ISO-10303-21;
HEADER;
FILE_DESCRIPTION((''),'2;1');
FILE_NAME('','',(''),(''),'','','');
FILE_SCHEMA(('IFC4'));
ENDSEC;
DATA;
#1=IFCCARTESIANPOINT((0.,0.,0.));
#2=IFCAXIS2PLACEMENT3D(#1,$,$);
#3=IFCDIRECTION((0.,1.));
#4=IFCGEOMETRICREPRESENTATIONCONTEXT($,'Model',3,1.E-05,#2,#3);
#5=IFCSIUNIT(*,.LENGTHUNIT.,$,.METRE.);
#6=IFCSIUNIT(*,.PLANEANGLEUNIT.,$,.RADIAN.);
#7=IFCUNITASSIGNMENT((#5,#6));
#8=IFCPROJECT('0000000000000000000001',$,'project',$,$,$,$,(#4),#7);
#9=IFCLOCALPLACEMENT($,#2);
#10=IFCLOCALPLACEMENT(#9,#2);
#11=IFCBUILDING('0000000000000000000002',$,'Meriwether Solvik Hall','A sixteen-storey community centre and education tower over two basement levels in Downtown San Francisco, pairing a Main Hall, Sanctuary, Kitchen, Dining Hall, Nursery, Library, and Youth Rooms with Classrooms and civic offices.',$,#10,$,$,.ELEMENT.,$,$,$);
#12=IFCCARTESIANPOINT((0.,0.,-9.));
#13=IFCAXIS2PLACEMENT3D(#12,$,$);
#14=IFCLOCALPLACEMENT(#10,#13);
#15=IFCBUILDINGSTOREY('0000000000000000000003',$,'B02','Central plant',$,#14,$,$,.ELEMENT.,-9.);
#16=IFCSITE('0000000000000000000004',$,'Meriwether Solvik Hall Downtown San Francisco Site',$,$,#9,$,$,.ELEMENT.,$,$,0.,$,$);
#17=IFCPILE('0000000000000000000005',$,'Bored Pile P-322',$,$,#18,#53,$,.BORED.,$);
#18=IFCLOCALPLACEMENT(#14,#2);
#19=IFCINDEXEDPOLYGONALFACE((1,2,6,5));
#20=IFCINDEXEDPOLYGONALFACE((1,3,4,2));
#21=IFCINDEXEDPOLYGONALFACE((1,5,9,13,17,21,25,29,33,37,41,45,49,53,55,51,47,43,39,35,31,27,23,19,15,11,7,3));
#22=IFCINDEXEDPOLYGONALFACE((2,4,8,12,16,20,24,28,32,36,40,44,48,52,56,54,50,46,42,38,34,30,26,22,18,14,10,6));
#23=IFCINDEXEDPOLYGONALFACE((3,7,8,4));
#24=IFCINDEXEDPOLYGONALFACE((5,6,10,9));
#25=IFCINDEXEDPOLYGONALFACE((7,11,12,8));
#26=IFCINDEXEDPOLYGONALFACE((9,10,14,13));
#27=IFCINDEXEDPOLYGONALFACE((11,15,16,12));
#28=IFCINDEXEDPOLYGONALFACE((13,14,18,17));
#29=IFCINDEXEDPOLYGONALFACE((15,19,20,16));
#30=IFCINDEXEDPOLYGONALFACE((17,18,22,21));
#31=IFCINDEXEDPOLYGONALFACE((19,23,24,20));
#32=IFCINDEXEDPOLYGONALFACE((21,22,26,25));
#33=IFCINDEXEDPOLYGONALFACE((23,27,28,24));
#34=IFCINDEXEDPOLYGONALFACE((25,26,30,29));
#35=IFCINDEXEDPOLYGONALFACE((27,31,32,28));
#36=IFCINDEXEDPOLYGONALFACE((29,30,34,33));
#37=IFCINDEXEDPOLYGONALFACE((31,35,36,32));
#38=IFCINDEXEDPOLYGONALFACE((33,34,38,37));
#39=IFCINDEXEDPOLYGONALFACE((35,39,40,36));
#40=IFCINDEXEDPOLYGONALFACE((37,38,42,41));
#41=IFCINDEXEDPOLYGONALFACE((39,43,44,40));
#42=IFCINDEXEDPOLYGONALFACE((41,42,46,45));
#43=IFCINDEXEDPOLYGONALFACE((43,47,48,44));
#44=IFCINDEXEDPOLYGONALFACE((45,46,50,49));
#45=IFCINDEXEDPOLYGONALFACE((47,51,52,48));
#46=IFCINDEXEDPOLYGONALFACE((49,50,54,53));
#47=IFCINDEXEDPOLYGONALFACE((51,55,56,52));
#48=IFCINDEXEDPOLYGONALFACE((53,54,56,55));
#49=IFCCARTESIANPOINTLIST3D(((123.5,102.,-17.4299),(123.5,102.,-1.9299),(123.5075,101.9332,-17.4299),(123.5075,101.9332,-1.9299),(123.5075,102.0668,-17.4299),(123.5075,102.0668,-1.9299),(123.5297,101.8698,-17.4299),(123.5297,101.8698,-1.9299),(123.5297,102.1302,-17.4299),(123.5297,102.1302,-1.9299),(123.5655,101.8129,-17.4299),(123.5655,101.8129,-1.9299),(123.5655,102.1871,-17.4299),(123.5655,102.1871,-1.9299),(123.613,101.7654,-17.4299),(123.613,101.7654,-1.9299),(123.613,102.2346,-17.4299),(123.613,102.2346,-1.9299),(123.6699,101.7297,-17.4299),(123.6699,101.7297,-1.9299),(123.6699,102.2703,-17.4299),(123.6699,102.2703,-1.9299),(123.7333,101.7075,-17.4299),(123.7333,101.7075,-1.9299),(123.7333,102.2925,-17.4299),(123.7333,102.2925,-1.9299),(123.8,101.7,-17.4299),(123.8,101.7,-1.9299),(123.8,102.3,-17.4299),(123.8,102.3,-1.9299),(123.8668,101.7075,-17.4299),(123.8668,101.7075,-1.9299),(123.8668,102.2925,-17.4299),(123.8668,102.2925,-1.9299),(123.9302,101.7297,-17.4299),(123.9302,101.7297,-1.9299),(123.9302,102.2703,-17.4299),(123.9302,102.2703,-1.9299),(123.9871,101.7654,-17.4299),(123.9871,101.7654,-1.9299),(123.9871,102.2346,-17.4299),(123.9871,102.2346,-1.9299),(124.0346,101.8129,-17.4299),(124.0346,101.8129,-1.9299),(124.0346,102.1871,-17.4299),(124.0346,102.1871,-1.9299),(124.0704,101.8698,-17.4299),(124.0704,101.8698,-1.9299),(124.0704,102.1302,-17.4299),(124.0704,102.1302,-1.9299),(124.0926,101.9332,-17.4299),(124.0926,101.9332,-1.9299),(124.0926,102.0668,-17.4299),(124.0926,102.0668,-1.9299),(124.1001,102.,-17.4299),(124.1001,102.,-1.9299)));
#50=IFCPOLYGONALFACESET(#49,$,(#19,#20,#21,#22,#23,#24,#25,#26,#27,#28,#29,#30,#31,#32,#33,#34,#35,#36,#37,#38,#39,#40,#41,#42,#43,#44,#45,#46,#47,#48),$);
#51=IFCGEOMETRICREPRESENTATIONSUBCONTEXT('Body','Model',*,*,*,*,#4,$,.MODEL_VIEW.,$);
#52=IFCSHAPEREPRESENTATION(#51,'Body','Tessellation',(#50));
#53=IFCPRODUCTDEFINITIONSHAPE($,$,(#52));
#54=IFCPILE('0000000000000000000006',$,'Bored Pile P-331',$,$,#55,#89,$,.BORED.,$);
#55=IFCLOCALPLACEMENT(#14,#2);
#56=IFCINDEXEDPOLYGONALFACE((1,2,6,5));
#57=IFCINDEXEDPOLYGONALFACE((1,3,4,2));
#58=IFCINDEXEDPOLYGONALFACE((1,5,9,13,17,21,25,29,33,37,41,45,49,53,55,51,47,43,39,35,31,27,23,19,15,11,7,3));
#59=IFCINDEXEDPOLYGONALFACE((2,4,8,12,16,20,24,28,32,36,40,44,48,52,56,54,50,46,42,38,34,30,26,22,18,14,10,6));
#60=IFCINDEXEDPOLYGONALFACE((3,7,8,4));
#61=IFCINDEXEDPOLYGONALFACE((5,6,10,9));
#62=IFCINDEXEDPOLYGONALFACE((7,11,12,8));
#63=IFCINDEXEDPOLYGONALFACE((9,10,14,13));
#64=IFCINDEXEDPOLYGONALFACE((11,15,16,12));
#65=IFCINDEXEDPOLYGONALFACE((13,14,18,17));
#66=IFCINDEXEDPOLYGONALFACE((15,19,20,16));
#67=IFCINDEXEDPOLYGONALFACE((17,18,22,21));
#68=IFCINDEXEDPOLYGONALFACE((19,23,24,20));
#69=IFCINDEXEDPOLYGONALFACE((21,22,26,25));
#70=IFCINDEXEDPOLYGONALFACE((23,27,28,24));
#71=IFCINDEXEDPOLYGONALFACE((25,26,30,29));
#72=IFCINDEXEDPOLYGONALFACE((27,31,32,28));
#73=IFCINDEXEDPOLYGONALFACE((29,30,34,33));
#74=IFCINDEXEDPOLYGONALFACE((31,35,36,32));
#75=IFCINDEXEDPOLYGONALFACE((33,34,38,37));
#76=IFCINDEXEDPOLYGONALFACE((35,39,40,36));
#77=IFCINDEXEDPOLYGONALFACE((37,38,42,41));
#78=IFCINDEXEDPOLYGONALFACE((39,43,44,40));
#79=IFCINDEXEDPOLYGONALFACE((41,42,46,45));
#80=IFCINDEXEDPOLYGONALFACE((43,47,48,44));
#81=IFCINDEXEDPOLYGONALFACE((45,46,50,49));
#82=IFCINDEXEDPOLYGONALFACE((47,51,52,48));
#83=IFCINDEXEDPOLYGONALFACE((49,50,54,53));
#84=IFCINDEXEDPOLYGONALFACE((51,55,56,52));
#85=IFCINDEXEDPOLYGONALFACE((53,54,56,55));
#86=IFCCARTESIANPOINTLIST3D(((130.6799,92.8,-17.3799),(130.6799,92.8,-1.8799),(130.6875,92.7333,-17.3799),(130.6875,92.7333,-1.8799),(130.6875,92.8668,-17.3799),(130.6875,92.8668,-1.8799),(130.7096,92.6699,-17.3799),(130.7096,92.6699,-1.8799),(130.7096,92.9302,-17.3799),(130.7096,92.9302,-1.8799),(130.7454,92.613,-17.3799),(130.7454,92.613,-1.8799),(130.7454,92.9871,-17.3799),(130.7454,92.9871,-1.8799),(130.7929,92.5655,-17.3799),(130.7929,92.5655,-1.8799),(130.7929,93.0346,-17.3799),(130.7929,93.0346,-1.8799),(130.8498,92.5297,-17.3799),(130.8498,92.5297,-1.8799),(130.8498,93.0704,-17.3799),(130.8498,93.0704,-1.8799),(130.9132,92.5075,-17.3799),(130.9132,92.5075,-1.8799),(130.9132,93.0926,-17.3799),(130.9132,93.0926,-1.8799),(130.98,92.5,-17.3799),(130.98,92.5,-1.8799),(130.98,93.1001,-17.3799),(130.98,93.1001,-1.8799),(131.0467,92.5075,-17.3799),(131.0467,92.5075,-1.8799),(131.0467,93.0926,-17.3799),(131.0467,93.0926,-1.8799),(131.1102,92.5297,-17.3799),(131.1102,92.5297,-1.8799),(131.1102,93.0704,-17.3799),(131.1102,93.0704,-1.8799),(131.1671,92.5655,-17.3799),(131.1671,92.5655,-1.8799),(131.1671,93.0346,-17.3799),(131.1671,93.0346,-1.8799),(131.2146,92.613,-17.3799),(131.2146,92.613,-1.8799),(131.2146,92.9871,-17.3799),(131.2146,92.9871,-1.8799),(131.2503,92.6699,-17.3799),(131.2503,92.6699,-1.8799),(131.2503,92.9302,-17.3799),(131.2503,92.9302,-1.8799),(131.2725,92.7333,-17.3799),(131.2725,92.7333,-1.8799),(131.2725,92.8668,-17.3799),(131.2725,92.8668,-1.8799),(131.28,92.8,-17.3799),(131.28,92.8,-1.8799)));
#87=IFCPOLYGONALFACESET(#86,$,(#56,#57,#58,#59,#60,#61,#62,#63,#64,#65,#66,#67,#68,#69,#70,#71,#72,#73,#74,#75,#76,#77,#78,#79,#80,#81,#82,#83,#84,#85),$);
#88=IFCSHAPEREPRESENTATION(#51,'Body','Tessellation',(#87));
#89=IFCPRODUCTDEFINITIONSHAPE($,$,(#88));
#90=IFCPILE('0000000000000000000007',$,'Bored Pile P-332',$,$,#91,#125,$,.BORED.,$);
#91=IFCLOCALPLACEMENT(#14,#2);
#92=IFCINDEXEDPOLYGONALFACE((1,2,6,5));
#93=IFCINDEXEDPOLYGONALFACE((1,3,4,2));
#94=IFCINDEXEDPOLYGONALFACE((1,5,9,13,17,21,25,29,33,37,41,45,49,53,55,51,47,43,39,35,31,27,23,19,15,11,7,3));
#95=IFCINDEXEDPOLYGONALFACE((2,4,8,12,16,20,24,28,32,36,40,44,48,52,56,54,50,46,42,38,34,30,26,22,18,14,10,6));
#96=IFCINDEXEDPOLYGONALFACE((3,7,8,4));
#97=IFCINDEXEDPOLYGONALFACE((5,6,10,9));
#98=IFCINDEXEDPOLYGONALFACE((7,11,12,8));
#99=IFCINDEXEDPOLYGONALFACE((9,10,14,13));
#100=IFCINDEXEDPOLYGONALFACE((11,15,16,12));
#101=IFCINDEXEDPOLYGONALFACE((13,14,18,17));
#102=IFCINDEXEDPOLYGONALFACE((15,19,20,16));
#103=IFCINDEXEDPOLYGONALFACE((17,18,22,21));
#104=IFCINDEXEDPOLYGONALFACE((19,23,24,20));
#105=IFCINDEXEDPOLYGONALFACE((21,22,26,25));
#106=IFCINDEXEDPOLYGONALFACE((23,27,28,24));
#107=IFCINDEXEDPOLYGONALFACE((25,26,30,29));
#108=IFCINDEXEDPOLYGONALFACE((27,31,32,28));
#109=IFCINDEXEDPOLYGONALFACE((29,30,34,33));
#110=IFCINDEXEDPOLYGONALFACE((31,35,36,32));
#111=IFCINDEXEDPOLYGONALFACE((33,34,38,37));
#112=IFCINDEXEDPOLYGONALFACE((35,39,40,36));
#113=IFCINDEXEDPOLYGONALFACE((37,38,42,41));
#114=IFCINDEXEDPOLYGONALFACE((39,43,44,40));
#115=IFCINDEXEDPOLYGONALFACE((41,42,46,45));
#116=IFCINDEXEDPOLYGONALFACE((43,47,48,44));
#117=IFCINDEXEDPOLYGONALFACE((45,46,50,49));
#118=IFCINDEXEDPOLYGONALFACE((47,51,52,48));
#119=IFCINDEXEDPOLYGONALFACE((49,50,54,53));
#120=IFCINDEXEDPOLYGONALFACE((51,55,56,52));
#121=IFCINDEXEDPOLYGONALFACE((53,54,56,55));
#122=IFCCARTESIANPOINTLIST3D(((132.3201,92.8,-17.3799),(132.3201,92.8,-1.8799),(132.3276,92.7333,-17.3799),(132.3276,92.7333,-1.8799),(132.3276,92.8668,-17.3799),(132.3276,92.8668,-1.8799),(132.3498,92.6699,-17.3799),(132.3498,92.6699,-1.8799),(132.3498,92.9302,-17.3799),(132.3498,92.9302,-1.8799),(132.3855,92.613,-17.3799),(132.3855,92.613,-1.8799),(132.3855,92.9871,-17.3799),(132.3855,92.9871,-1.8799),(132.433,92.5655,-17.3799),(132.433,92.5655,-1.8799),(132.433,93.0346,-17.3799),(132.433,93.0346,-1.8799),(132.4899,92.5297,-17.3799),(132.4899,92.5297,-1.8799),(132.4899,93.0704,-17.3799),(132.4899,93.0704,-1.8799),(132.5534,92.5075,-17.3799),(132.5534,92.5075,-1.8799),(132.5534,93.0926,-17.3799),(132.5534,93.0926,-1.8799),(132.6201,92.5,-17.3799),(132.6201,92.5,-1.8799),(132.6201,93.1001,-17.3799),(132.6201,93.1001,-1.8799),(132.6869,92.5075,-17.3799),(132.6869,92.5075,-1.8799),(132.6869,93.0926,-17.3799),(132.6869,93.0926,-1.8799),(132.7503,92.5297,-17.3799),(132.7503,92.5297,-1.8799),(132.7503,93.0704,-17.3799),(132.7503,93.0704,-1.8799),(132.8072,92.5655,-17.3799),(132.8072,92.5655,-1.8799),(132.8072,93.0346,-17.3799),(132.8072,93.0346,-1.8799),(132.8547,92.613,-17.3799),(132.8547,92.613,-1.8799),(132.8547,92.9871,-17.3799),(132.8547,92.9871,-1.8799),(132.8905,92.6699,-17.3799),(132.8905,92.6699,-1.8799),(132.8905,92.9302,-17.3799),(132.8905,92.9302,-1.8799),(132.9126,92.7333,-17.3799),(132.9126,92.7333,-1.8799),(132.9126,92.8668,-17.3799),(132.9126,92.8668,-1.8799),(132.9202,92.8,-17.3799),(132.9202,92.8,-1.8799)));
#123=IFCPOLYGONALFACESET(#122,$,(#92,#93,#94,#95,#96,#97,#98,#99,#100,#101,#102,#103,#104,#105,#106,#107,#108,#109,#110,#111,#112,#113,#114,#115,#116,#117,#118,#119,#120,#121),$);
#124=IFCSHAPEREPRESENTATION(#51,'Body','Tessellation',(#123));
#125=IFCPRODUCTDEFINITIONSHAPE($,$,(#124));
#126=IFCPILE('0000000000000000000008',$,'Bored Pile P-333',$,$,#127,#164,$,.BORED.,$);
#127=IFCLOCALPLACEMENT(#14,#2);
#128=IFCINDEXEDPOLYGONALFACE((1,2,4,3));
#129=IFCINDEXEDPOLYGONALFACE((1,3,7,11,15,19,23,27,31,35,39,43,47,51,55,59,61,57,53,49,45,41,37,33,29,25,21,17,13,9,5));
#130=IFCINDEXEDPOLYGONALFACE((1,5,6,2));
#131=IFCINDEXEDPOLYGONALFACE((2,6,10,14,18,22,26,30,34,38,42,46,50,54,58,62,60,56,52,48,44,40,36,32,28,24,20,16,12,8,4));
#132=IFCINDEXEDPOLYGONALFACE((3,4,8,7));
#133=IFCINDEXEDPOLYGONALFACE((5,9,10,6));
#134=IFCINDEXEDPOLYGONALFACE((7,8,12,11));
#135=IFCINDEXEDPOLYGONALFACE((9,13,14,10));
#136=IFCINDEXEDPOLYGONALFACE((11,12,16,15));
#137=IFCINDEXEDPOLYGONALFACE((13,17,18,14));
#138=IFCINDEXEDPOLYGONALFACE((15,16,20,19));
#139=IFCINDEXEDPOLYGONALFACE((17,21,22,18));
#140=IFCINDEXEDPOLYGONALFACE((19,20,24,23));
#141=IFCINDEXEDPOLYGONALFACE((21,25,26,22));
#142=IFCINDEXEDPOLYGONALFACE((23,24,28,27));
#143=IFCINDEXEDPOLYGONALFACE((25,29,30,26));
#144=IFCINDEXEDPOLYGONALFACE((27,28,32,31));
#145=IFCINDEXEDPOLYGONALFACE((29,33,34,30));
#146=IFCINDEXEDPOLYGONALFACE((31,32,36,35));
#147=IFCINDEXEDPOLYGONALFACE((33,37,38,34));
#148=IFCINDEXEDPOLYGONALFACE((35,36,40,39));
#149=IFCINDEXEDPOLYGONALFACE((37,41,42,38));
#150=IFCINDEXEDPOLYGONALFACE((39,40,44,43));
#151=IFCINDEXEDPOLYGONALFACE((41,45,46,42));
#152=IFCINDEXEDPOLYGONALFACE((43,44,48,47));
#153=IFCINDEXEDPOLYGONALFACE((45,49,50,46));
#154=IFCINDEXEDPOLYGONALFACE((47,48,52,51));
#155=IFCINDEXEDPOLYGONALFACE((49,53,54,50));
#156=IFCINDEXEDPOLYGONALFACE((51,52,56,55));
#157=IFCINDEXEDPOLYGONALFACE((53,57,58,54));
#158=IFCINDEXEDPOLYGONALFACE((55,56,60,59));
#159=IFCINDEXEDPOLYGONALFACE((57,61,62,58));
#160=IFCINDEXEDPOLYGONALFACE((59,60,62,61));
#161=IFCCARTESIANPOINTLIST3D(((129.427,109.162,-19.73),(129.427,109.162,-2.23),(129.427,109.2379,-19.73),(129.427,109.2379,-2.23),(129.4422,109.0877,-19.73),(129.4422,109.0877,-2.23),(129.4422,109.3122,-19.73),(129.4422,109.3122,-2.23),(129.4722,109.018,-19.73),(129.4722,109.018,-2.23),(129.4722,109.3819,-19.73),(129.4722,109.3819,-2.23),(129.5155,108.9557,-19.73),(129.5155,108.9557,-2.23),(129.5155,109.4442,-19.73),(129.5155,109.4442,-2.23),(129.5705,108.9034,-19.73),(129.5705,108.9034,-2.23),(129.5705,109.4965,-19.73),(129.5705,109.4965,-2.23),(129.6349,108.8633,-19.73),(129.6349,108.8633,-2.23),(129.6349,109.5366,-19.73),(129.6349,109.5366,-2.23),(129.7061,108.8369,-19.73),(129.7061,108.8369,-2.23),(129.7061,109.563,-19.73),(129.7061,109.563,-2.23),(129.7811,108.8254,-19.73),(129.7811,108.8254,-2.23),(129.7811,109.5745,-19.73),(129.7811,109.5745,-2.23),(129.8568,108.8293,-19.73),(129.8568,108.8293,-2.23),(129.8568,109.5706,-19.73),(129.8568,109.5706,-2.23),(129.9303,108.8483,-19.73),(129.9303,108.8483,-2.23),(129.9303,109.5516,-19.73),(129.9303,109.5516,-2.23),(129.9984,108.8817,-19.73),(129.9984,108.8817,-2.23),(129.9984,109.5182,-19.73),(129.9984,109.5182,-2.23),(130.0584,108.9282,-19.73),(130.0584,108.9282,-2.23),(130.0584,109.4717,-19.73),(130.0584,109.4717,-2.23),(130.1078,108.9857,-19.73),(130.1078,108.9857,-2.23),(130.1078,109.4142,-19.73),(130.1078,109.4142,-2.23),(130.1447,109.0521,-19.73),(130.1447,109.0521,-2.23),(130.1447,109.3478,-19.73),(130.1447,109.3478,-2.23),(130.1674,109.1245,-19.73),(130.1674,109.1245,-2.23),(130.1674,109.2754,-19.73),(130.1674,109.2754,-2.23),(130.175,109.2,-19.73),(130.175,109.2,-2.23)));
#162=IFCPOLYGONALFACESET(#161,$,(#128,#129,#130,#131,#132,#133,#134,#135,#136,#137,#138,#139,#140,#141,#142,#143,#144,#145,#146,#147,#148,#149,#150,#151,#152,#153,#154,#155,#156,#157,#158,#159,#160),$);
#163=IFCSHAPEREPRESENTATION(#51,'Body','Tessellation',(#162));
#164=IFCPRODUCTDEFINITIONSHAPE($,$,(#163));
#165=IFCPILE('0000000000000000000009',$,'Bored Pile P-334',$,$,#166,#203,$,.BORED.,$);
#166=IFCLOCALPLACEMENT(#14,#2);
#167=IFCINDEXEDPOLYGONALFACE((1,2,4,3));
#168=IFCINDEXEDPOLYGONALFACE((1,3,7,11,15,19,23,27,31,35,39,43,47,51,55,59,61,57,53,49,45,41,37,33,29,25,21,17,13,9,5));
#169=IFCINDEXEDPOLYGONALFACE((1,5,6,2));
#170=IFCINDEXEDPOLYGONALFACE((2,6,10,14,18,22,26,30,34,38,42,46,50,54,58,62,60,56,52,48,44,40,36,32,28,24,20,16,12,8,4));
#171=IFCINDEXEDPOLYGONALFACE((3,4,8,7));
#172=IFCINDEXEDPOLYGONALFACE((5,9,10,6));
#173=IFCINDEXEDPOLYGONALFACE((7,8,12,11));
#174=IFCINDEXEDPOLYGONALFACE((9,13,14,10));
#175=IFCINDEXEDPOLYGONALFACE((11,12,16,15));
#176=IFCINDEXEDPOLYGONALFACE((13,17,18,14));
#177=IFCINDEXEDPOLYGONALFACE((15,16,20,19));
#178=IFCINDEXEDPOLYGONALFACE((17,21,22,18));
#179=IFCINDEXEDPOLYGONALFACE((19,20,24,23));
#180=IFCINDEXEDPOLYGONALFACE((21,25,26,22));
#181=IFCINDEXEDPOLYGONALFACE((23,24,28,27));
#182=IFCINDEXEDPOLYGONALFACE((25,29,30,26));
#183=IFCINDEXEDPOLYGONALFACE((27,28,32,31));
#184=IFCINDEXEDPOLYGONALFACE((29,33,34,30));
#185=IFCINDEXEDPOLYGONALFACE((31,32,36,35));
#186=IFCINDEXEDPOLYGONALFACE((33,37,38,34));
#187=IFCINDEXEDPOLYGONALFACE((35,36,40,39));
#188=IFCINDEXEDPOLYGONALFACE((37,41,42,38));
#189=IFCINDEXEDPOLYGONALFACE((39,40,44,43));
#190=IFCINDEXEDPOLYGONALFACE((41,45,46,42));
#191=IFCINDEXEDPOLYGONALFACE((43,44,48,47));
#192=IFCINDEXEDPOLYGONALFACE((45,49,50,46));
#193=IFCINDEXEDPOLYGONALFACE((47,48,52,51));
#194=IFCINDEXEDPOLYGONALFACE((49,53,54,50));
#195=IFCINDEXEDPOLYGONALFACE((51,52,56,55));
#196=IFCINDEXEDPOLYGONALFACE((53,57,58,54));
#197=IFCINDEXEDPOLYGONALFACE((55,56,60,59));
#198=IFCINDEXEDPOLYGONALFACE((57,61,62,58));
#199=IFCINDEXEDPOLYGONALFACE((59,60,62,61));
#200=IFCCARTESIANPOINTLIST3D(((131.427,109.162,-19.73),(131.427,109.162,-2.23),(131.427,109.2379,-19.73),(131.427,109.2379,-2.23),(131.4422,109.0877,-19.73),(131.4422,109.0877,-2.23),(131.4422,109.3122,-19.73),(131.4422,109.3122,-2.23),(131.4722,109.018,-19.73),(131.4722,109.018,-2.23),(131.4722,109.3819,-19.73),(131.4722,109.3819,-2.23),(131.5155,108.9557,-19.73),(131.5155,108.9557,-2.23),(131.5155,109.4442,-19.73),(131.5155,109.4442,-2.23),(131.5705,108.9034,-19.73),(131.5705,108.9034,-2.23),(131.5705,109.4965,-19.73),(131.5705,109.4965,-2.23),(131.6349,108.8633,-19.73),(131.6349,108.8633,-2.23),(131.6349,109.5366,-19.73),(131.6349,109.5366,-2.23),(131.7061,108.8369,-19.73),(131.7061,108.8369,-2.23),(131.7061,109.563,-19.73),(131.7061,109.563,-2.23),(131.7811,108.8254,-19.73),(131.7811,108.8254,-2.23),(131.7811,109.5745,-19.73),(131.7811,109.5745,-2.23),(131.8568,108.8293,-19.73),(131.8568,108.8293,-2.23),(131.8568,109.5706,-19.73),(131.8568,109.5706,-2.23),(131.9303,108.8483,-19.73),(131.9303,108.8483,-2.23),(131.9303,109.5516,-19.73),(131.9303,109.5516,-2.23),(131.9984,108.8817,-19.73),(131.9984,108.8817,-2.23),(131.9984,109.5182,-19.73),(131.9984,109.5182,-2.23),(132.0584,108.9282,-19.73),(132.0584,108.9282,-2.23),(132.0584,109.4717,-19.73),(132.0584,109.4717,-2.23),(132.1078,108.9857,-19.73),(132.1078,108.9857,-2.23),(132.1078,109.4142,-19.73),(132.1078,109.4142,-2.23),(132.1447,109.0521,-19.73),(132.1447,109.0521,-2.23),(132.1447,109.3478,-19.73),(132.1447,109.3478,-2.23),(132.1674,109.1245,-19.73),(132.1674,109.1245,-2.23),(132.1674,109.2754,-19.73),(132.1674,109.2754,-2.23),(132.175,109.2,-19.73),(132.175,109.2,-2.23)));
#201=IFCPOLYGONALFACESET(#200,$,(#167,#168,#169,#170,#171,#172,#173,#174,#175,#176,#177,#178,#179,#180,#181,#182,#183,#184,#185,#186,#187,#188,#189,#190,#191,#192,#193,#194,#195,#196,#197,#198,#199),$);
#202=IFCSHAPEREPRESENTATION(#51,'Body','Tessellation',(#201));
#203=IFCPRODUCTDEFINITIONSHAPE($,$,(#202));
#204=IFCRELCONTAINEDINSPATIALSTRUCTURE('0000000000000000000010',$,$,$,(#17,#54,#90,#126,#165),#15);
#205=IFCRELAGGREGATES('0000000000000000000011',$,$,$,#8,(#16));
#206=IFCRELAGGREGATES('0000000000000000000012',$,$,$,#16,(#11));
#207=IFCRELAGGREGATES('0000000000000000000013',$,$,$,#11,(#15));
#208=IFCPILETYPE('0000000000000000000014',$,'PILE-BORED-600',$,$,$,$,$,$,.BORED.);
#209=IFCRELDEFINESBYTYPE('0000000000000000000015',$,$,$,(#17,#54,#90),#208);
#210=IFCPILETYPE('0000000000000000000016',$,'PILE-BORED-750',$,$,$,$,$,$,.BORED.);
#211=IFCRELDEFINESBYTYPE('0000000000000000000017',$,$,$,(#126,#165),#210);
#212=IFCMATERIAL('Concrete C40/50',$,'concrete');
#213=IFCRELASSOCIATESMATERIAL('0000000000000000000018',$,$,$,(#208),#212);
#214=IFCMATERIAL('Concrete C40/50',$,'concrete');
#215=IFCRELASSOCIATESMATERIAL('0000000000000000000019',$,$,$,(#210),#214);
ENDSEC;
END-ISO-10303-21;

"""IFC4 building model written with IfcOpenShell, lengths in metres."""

from ifc_helpers import new_model, si_unit, direction, frame, origin, origin_2d, place, context, subcontext, project, spatial, circle, extrude, material, material_profile, profile_set, type_object, element, save


model = new_model("IFC4")

# Units and contexts
model_context = context("Model", 3, precision=1e-05, world=origin(), true_north=direction((0.0, 1.0)))
body_context = subcontext(model_context, "Body", "Model", "MODEL_VIEW")
ifc_project = project(units=[si_unit("LENGTHUNIT", "METRE"), si_unit("PLANEANGLEUNIT", "RADIAN")], contexts=[model_context])

# Site, building, storey
site_placement = place(None, origin())
site = spatial("IfcSite", under=ifc_project, at=site_placement, Name="Meriwether Solvik Hall Downtown San Francisco Site", CompositionType="ELEMENT", RefElevation=0.0)
building_placement = place(site_placement, origin())
building = spatial("IfcBuilding", under=site, at=building_placement, Name="Meriwether Solvik Hall", Description="A sixteen-storey community centre and education tower over two basement levels in Downtown San Francisco, pairing a Main Hall, Sanctuary, Kitchen, Dining Hall, Nursery, Library, and Youth Rooms with Classrooms and civic offices.", CompositionType="ELEMENT")
storey_placement = place(building_placement, frame((0.0, 0.0, -9.0)))
storey = spatial("IfcBuildingStorey", under=building, at=storey_placement, Name="B02", Description="Central plant", CompositionType="ELEMENT", Elevation=-9.0)

# Piles
ifc_material_1 = material(Name="Concrete C40/50", Category="concrete")
ifc_material_profile_1 = material_profile(ifc_material_1, circle(Radius=0.3, at=origin_2d()), Name="PILE-D600")
ifc_profile_set_1 = profile_set([ifc_material_profile_1], Name="Concrete C40/50")
pile_type_1 = type_object("IfcPileType", Name="PILE-BORED-600", PredefinedType="BORED", material=ifc_profile_set_1)
for number, where, z_axis, x_axis, name in (
    (1, (123.8, 102.0, -1.9299), (0.0, 0.0, -1.0), (1.0, 0.0, 0.0), "Bored Pile P-322"),
    (2, (130.98, 92.8, -1.8799), (0.0, 0.0, -1.0), (1.0, 0.0, 0.0), "Bored Pile P-331"),
    (3, (132.6201, 92.8, -1.8799), (0.0, 0.0, -1.0), (1.0, 0.0, 0.0), "Bored Pile P-332"),
):
    element("IfcPile", number, at=place(storey_placement, frame(where, z_axis=z_axis, x_axis=x_axis)), inside=storey, type_object=pile_type_1, Name=name, PredefinedType="BORED", context=body_context, shape_type="SweptSolid", body=[
        extrude(circle(Radius=0.3, at=origin_2d()), origin(), (0.0, 0.0, 1.0), 15.5),
    ])
ifc_material_2 = material(Name="Concrete C40/50", Category="concrete")
ifc_material_profile_2 = material_profile(ifc_material_2, circle(Radius=0.375, at=origin_2d()), Name="PILE-D750")
ifc_profile_set_2 = profile_set([ifc_material_profile_2], Name="Concrete C40/50")
pile_type_2 = type_object("IfcPileType", Name="PILE-BORED-750", PredefinedType="BORED", material=ifc_profile_set_2)
for number, where, z_axis, x_axis, name in (
    (4, (129.8, 109.2, -2.23), (0.0, 0.0, -1.0), (1.0, 0.0, 0.0), "Bored Pile P-333"),
    (5, (131.8, 109.2, -2.23), (0.0, 0.0, -1.0), (1.0, 0.0, 0.0), "Bored Pile P-334"),
):
    element("IfcPile", number, at=place(storey_placement, frame(where, z_axis=z_axis, x_axis=x_axis)), inside=storey, type_object=pile_type_2, Name=name, PredefinedType="BORED", context=body_context, shape_type="SweptSolid", body=[
        extrude(circle(Radius=0.375, at=origin_2d()), origin(), (0.0, 0.0, 1.0), 17.5),
    ])

save(model, "model.ifc")
